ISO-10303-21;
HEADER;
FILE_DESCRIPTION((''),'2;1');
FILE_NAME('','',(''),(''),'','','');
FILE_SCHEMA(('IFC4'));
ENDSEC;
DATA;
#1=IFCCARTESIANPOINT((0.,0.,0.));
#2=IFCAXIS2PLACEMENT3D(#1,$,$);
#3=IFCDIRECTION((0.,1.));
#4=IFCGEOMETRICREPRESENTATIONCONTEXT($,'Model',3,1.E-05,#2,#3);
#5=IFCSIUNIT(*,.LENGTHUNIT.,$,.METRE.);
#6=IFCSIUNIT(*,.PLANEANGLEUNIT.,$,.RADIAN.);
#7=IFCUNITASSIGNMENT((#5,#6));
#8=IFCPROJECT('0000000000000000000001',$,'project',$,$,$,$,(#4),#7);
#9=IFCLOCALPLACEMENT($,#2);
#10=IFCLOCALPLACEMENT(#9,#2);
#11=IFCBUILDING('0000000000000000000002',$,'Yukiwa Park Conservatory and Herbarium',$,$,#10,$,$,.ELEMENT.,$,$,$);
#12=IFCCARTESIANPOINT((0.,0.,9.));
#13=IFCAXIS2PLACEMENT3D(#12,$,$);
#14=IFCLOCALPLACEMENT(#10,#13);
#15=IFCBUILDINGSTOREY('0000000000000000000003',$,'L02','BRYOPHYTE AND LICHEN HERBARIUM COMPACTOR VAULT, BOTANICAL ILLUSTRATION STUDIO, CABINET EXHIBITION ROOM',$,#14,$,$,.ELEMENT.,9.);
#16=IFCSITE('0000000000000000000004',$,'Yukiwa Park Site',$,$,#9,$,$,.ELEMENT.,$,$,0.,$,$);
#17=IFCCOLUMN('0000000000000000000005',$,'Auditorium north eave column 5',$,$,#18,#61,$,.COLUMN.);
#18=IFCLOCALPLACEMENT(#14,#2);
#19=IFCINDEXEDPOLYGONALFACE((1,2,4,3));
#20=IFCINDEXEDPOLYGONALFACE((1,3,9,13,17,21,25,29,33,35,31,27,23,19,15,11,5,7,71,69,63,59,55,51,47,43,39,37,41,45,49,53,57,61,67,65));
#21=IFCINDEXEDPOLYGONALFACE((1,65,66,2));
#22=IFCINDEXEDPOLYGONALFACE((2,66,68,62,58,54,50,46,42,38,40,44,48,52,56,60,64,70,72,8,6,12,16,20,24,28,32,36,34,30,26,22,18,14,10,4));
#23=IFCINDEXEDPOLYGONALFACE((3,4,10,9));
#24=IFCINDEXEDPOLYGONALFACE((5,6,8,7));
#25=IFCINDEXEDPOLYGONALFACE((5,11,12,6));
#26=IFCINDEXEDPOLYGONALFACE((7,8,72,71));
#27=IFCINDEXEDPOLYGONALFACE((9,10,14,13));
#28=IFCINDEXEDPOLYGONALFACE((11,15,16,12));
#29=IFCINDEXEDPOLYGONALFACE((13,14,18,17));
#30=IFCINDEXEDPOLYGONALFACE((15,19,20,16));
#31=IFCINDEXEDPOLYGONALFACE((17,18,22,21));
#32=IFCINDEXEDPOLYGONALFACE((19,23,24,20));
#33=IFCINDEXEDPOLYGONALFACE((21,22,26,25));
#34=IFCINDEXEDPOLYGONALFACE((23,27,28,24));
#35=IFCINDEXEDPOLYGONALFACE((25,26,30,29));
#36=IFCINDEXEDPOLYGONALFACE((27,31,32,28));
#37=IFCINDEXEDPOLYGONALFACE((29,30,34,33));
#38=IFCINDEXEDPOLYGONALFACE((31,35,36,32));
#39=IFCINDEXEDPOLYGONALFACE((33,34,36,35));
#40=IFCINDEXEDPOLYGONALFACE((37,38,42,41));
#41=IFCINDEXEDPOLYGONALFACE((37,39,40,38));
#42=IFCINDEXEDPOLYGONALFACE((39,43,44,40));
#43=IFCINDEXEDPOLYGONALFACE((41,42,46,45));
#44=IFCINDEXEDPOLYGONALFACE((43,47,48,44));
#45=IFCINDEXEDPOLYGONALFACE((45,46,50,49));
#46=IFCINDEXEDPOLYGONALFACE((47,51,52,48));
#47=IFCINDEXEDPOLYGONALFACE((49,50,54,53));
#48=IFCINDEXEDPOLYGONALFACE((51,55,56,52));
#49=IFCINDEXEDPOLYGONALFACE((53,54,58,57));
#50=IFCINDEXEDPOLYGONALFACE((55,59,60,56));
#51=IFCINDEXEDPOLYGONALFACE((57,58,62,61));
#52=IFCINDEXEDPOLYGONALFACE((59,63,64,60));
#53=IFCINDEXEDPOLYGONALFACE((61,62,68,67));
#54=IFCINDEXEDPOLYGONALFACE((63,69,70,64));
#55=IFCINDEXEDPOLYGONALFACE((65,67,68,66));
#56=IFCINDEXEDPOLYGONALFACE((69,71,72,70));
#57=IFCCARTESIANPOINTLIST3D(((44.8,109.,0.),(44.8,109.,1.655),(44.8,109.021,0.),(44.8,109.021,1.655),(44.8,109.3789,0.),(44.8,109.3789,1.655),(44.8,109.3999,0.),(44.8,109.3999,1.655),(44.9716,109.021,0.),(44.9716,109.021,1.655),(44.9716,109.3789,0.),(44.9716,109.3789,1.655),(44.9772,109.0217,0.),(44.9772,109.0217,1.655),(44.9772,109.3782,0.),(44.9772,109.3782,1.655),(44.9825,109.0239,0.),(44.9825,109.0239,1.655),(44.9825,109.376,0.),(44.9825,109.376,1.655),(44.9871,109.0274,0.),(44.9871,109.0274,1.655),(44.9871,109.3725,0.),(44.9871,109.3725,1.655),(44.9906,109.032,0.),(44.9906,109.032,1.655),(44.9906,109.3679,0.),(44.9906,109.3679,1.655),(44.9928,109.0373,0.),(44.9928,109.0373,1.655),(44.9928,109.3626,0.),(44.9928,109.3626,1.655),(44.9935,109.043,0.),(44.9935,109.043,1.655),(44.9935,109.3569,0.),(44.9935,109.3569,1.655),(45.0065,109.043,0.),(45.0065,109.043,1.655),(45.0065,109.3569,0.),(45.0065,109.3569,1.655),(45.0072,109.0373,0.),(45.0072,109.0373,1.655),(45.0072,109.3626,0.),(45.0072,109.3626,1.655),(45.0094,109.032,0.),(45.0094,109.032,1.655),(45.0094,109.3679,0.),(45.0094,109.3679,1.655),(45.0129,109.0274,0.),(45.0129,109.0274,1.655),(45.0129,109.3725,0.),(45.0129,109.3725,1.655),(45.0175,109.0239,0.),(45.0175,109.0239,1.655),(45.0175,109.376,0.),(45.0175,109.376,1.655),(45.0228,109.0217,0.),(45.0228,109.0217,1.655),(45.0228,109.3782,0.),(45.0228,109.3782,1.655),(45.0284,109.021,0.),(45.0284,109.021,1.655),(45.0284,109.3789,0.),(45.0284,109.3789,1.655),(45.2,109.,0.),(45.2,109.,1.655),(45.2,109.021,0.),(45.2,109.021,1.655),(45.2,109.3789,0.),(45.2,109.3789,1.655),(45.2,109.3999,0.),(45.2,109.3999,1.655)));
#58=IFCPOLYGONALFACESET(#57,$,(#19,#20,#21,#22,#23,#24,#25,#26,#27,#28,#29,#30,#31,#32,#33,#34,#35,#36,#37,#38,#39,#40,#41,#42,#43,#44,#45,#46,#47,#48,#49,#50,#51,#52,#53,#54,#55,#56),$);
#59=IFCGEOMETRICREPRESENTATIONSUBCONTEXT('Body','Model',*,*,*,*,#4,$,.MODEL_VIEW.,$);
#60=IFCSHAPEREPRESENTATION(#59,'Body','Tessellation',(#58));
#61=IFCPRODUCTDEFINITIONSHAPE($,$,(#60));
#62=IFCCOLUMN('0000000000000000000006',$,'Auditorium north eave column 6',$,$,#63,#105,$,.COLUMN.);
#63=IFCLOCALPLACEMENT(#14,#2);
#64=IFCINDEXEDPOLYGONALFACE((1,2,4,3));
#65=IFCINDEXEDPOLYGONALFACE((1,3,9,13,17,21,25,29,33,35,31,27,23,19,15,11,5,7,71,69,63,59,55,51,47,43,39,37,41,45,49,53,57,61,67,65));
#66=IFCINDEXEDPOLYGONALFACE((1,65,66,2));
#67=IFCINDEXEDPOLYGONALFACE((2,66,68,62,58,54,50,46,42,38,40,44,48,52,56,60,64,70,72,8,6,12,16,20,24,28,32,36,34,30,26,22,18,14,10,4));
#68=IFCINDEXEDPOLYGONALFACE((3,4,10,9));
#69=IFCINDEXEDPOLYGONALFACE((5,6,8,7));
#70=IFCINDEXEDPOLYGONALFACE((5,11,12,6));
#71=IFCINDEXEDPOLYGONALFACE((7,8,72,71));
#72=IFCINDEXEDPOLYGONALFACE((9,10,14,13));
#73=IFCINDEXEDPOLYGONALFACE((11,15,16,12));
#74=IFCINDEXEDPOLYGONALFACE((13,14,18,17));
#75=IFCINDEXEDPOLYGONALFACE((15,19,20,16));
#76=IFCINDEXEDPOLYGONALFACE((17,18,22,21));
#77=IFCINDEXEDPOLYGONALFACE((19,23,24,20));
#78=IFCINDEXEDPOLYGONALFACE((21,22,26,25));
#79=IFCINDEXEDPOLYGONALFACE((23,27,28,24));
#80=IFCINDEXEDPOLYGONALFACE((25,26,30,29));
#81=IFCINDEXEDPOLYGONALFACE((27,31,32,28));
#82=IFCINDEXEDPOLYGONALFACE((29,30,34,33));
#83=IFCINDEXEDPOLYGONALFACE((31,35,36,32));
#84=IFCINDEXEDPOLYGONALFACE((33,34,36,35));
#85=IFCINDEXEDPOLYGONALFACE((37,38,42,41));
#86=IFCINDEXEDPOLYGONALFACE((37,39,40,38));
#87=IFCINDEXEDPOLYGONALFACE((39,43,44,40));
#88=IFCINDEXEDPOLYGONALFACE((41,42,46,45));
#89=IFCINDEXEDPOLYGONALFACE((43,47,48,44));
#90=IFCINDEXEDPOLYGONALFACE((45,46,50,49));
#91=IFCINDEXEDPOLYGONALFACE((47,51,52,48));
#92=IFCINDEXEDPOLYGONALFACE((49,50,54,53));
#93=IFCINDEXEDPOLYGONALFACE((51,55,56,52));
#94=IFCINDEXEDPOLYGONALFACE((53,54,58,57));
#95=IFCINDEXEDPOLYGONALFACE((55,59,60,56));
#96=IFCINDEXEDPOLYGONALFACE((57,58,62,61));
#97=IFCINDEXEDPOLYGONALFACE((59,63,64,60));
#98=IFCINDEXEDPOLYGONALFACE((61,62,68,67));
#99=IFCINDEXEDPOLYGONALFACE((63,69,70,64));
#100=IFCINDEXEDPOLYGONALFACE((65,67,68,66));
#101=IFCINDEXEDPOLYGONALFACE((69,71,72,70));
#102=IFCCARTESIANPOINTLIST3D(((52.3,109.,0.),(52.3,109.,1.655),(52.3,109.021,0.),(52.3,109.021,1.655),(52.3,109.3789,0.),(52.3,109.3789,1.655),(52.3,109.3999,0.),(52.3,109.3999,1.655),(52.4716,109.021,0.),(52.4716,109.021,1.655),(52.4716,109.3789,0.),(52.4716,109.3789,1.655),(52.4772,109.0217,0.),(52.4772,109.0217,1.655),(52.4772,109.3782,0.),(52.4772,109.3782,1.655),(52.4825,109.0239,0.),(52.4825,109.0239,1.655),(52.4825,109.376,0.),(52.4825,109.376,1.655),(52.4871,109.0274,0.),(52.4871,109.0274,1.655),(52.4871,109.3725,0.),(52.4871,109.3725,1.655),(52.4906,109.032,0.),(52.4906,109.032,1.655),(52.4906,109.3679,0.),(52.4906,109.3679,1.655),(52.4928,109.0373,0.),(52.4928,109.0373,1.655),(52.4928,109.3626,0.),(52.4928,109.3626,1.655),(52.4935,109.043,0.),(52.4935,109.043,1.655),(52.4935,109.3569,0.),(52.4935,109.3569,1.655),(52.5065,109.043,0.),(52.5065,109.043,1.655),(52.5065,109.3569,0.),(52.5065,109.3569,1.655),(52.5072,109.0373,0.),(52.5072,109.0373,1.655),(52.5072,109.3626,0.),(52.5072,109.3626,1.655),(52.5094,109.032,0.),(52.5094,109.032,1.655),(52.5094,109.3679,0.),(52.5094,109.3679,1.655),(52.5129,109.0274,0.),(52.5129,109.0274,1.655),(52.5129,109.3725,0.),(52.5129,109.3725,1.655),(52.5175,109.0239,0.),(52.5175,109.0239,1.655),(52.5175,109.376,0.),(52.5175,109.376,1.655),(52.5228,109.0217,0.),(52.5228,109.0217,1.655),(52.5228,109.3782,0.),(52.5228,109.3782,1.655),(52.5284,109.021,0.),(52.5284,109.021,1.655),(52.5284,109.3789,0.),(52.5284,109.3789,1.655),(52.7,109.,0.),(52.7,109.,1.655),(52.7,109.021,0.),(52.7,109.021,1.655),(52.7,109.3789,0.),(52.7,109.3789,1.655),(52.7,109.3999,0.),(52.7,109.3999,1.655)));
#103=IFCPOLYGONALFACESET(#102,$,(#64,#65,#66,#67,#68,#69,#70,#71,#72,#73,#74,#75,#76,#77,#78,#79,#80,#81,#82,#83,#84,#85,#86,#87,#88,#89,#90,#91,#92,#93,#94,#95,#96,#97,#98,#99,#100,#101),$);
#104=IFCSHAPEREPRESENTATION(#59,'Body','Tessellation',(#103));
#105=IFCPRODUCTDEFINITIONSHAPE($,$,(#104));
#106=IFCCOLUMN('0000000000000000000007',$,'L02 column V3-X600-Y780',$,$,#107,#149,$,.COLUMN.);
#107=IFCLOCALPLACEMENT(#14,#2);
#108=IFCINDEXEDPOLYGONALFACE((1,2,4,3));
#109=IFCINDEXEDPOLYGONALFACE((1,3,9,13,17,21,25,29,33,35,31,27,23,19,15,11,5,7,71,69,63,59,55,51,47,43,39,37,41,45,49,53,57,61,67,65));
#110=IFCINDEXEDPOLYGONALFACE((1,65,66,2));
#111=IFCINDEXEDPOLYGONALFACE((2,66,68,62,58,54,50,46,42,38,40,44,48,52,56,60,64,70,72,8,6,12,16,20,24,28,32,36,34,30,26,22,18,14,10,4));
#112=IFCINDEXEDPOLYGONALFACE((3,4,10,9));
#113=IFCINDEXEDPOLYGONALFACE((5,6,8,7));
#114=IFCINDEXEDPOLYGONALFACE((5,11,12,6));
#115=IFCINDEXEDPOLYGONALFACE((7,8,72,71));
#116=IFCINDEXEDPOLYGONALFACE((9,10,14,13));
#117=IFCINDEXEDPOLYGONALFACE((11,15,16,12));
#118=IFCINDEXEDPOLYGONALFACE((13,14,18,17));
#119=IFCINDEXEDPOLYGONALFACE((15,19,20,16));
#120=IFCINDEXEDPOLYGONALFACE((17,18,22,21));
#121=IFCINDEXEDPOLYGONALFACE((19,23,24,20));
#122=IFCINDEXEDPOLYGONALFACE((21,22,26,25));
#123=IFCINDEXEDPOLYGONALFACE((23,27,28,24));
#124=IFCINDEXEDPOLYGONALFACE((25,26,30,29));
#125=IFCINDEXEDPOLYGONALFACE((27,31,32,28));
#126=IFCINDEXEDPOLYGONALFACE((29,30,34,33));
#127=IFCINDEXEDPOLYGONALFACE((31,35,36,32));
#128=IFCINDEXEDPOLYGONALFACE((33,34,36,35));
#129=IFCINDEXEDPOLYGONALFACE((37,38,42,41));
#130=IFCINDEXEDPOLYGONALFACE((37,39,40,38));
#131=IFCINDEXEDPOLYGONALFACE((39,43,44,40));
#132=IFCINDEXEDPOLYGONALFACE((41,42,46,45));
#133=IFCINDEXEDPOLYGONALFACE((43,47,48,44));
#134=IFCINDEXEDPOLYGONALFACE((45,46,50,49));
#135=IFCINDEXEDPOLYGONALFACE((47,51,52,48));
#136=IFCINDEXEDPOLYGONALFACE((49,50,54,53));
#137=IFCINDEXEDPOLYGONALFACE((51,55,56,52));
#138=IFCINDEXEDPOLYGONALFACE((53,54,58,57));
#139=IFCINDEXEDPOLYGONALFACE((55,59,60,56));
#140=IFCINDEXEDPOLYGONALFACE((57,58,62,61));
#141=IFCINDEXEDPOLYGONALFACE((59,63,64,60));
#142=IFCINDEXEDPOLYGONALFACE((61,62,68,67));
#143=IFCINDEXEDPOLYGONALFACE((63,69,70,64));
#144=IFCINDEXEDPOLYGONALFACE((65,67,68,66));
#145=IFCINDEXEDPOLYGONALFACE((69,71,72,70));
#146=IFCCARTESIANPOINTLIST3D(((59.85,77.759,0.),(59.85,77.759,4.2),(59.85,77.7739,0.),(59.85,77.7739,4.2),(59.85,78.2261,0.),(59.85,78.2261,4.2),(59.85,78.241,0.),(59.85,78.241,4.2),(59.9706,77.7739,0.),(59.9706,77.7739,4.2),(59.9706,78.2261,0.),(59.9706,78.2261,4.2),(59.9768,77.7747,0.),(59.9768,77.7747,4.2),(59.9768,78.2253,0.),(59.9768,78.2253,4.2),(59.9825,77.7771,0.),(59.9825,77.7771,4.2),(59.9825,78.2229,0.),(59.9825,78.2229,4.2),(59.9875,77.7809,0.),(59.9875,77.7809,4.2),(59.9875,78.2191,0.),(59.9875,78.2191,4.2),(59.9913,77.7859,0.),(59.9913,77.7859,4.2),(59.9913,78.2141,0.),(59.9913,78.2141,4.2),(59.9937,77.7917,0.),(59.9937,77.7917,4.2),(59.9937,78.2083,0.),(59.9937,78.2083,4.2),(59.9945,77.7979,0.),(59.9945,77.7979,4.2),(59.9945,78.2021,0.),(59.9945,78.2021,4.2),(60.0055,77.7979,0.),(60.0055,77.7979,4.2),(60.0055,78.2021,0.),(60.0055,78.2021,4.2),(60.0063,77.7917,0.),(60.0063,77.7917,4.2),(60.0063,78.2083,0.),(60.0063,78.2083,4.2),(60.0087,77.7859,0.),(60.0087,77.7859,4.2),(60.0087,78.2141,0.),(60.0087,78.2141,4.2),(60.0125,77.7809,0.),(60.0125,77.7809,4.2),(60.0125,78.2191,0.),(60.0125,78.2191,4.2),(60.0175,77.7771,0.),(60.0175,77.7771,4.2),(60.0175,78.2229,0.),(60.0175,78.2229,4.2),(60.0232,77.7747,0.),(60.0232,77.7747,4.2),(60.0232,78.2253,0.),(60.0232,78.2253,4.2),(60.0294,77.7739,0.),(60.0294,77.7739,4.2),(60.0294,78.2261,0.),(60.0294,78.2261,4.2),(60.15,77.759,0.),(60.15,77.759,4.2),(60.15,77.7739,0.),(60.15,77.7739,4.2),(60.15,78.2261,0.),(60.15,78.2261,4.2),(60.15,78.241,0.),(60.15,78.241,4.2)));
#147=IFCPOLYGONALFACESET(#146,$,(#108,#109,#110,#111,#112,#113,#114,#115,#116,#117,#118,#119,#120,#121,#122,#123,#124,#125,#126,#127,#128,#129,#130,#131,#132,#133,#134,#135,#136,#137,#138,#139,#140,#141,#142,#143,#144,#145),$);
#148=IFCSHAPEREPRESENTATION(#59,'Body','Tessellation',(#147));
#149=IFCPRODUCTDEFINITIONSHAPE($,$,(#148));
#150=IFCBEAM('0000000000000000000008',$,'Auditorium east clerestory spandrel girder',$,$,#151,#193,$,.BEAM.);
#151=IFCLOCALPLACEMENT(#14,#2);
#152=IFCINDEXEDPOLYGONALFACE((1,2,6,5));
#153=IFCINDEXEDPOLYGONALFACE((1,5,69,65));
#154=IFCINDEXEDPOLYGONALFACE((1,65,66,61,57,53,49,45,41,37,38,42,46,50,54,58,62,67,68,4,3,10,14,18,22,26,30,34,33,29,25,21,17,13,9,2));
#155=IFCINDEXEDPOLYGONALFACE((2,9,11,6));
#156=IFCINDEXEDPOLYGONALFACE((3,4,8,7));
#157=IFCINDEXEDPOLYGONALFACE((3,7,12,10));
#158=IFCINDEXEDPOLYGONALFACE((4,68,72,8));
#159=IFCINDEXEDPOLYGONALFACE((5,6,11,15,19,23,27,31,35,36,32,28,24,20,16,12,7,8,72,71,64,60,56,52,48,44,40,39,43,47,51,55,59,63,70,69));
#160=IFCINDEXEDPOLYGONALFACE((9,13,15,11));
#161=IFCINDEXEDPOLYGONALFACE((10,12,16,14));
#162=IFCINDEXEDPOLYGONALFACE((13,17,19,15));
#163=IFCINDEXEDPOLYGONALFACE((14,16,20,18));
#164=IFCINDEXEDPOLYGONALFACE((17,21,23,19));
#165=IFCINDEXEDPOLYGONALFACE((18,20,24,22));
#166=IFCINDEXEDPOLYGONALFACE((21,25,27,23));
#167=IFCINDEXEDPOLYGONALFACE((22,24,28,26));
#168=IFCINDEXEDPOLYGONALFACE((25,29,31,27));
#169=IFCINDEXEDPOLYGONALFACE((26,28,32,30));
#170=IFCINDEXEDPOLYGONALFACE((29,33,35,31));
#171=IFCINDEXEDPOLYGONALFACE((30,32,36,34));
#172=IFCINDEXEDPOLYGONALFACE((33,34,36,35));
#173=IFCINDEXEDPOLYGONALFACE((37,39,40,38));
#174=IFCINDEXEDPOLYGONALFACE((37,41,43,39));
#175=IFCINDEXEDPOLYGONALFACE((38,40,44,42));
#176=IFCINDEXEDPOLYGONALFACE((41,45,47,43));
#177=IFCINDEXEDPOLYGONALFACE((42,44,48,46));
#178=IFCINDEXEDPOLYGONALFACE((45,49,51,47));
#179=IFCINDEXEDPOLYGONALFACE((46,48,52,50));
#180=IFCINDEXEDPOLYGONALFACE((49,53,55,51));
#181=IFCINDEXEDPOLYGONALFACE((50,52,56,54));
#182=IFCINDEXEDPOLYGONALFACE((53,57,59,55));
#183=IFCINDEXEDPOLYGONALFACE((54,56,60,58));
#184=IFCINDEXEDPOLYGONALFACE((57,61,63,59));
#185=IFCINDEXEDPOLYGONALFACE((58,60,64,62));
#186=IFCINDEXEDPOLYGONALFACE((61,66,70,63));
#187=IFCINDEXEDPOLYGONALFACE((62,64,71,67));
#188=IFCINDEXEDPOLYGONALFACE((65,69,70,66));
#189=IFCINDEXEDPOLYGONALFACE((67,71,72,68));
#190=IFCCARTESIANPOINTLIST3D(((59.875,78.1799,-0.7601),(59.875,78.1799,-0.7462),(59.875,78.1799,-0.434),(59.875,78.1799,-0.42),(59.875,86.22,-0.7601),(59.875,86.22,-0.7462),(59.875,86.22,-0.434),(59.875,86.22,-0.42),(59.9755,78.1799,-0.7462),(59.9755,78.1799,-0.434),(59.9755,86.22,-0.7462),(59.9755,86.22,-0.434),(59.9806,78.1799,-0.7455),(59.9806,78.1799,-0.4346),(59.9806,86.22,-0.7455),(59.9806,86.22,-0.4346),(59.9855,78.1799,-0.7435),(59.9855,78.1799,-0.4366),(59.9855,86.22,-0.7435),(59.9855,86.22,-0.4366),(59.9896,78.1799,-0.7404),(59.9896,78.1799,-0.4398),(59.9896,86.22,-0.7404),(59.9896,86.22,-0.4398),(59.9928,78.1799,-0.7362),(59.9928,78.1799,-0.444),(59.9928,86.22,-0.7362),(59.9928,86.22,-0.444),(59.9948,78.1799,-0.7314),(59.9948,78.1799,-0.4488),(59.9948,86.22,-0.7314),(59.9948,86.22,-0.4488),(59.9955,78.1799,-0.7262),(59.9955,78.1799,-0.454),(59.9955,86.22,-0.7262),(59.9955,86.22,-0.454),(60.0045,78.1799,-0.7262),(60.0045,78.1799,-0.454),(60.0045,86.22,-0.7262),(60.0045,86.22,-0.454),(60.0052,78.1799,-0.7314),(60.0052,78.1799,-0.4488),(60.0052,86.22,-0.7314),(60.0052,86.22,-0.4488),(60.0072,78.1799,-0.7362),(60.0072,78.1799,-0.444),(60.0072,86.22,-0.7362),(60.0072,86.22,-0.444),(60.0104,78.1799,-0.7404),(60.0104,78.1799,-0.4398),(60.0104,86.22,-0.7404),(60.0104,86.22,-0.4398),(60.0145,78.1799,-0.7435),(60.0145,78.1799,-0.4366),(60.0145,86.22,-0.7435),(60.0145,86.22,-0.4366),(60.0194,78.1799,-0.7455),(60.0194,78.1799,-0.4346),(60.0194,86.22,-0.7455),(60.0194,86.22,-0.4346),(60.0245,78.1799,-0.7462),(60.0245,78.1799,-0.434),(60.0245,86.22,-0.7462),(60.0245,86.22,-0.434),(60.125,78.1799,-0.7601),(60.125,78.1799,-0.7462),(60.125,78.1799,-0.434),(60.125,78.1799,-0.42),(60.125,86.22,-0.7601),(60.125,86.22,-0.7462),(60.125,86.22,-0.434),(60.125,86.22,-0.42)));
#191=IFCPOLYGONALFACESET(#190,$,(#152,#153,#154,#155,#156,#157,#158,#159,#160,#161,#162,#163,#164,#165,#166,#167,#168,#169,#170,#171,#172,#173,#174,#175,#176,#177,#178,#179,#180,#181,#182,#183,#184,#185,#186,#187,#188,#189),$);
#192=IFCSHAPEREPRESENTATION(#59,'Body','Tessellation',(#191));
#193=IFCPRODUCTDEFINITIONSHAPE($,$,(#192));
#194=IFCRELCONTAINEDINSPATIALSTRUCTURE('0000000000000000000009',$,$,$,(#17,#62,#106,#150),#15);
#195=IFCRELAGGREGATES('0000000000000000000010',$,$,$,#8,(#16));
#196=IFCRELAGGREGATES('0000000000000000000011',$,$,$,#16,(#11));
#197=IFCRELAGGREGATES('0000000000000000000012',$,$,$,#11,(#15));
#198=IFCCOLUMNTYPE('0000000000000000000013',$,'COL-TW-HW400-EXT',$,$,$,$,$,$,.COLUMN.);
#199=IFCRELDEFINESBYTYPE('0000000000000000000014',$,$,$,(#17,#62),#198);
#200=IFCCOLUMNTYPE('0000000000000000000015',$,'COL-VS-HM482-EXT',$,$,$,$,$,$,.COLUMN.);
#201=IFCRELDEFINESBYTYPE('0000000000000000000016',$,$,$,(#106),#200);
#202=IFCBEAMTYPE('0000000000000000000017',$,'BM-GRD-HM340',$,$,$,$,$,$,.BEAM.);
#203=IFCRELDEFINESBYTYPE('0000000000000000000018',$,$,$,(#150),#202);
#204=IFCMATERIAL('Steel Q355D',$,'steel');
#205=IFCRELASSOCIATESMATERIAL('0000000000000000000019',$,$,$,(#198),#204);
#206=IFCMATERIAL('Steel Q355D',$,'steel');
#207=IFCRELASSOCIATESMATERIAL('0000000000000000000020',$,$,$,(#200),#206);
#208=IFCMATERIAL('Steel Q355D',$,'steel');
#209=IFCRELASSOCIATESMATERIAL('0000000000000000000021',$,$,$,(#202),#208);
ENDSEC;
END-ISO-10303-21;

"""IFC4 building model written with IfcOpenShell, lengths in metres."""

from ifc_helpers import new_model, si_unit, direction, frame, origin, origin_2d, place, context, subcontext, project, spatial, i_section, extrude, material, material_profile, profile_set, type_object, element, save


model = new_model("IFC4")

# Units and contexts
model_context = context("Model", 3, precision=1e-05, world=origin(), true_north=direction((0.0, 1.0)))
body_context = subcontext(model_context, "Body", "Model", "MODEL_VIEW")
ifc_project = project(units=[si_unit("LENGTHUNIT", "METRE"), si_unit("PLANEANGLEUNIT", "RADIAN")], contexts=[model_context])

# Site, building, storey
site_placement = place(None, origin())
site = spatial("IfcSite", under=ifc_project, at=site_placement, Name="Yukiwa Park Site", CompositionType="ELEMENT", RefElevation=0.0)
building_placement = place(site_placement, origin())
building = spatial("IfcBuilding", under=site, at=building_placement, Name="Yukiwa Park Conservatory and Herbarium", CompositionType="ELEMENT")
storey_placement = place(building_placement, frame((0.0, 0.0, 9.0)))
storey = spatial("IfcBuildingStorey", under=building, at=storey_placement, Name="L02", Description="BRYOPHYTE AND LICHEN HERBARIUM COMPACTOR VAULT, BOTANICAL ILLUSTRATION STUDIO, CABINET EXHIBITION ROOM", CompositionType="ELEMENT", Elevation=9.0)

# Columns
ifc_material_1 = material(Name="Steel Q355D", Category="steel")
ifc_material_profile_1 = material_profile(ifc_material_1, i_section(OverallWidth=0.3999, OverallDepth=0.3999, WebThickness=0.0129, FlangeThickness=0.021, FilletRadius=0.022, at=origin_2d()), Name="HW 400x400x13x21")
ifc_profile_set_1 = profile_set([ifc_material_profile_1], Name="Steel Q355D")
column_type_1 = type_object("IfcColumnType", Name="COL-TW-HW400-EXT", PredefinedType="COLUMN", material=ifc_profile_set_1)
for number, where, z_axis, x_axis, name in (
    (1, (45.0, 109.2, 0.0), (0.0, 0.0, 1.0), (1.0, 0.0, 0.0), "Auditorium north eave column 5"),
    (2, (52.5, 109.2, 0.0), (0.0, 0.0, 1.0), (1.0, 0.0, 0.0), "Auditorium north eave column 6"),
):
    element("IfcColumn", number, at=place(storey_placement, frame(where, z_axis=z_axis, x_axis=x_axis)), inside=storey, type_object=column_type_1, Name=name, PredefinedType="COLUMN", context=body_context, shape_type="SweptSolid", body=[
        extrude(i_section(OverallWidth=0.3999, OverallDepth=0.3999, WebThickness=0.0129, FlangeThickness=0.021, FilletRadius=0.022, at=origin_2d()), origin(), (0.0, 0.0, 1.0), 1.655),
    ])
ifc_material_2 = material(Name="Steel Q355D", Category="steel")
ifc_material_profile_2 = material_profile(ifc_material_2, i_section(OverallWidth=0.3, OverallDepth=0.4819, WebThickness=0.011, FlangeThickness=0.0149, FilletRadius=0.0239, at=origin_2d()), Name="HM 482x300x11x15")
ifc_profile_set_2 = profile_set([ifc_material_profile_2], Name="Steel Q355D")
column_type_2 = type_object("IfcColumnType", Name="COL-VS-HM482-EXT", PredefinedType="COLUMN", material=ifc_profile_set_2)
column_placement = place(storey_placement, frame((60.0, 78.0, 0.0), z_axis=(0.0, 0.0, 1.0), x_axis=(1.0, 0.0, 0.0)))
element("IfcColumn", 3, at=column_placement, inside=storey, type_object=column_type_2, Name="L02 column V3-X600-Y780", PredefinedType="COLUMN", context=body_context, shape_type="SweptSolid", body=[
    extrude(i_section(OverallWidth=0.3, OverallDepth=0.4819, WebThickness=0.011, FlangeThickness=0.0149, FilletRadius=0.0239, at=origin_2d()), origin(), (0.0, 0.0, 1.0), 4.2),
])

# Beam
ifc_material_3 = material(Name="Steel Q355D", Category="steel")
ifc_material_profile_3 = material_profile(ifc_material_3, i_section(OverallWidth=0.25, OverallDepth=0.3401, WebThickness=0.009, FlangeThickness=0.0139, FilletRadius=0.02, at=origin_2d()), Name="HM 340x250x9x14")
ifc_profile_set_3 = profile_set([ifc_material_profile_3], Name="Steel Q355D")
beam_type_1 = type_object("IfcBeamType", Name="BM-GRD-HM340", PredefinedType="BEAM", material=ifc_profile_set_3)
beam_1_placement = place(storey_placement, frame((60.0, 78.1799, -0.5901), z_axis=(0.0, 1.0, 0.0), x_axis=(-1.0, 0.0, 0.0)))
element("IfcBeam", 4, at=beam_1_placement, inside=storey, type_object=beam_type_1, Name="Auditorium east clerestory spandrel girder", PredefinedType="BEAM", context=body_context, shape_type="SweptSolid", body=[
    extrude(i_section(OverallWidth=0.25, OverallDepth=0.3401, WebThickness=0.009, FlangeThickness=0.0139, FilletRadius=0.02, at=origin_2d()), origin(), (0.0, 0.0, 1.0), 8.04),
])

save(model, "model.ifc")
